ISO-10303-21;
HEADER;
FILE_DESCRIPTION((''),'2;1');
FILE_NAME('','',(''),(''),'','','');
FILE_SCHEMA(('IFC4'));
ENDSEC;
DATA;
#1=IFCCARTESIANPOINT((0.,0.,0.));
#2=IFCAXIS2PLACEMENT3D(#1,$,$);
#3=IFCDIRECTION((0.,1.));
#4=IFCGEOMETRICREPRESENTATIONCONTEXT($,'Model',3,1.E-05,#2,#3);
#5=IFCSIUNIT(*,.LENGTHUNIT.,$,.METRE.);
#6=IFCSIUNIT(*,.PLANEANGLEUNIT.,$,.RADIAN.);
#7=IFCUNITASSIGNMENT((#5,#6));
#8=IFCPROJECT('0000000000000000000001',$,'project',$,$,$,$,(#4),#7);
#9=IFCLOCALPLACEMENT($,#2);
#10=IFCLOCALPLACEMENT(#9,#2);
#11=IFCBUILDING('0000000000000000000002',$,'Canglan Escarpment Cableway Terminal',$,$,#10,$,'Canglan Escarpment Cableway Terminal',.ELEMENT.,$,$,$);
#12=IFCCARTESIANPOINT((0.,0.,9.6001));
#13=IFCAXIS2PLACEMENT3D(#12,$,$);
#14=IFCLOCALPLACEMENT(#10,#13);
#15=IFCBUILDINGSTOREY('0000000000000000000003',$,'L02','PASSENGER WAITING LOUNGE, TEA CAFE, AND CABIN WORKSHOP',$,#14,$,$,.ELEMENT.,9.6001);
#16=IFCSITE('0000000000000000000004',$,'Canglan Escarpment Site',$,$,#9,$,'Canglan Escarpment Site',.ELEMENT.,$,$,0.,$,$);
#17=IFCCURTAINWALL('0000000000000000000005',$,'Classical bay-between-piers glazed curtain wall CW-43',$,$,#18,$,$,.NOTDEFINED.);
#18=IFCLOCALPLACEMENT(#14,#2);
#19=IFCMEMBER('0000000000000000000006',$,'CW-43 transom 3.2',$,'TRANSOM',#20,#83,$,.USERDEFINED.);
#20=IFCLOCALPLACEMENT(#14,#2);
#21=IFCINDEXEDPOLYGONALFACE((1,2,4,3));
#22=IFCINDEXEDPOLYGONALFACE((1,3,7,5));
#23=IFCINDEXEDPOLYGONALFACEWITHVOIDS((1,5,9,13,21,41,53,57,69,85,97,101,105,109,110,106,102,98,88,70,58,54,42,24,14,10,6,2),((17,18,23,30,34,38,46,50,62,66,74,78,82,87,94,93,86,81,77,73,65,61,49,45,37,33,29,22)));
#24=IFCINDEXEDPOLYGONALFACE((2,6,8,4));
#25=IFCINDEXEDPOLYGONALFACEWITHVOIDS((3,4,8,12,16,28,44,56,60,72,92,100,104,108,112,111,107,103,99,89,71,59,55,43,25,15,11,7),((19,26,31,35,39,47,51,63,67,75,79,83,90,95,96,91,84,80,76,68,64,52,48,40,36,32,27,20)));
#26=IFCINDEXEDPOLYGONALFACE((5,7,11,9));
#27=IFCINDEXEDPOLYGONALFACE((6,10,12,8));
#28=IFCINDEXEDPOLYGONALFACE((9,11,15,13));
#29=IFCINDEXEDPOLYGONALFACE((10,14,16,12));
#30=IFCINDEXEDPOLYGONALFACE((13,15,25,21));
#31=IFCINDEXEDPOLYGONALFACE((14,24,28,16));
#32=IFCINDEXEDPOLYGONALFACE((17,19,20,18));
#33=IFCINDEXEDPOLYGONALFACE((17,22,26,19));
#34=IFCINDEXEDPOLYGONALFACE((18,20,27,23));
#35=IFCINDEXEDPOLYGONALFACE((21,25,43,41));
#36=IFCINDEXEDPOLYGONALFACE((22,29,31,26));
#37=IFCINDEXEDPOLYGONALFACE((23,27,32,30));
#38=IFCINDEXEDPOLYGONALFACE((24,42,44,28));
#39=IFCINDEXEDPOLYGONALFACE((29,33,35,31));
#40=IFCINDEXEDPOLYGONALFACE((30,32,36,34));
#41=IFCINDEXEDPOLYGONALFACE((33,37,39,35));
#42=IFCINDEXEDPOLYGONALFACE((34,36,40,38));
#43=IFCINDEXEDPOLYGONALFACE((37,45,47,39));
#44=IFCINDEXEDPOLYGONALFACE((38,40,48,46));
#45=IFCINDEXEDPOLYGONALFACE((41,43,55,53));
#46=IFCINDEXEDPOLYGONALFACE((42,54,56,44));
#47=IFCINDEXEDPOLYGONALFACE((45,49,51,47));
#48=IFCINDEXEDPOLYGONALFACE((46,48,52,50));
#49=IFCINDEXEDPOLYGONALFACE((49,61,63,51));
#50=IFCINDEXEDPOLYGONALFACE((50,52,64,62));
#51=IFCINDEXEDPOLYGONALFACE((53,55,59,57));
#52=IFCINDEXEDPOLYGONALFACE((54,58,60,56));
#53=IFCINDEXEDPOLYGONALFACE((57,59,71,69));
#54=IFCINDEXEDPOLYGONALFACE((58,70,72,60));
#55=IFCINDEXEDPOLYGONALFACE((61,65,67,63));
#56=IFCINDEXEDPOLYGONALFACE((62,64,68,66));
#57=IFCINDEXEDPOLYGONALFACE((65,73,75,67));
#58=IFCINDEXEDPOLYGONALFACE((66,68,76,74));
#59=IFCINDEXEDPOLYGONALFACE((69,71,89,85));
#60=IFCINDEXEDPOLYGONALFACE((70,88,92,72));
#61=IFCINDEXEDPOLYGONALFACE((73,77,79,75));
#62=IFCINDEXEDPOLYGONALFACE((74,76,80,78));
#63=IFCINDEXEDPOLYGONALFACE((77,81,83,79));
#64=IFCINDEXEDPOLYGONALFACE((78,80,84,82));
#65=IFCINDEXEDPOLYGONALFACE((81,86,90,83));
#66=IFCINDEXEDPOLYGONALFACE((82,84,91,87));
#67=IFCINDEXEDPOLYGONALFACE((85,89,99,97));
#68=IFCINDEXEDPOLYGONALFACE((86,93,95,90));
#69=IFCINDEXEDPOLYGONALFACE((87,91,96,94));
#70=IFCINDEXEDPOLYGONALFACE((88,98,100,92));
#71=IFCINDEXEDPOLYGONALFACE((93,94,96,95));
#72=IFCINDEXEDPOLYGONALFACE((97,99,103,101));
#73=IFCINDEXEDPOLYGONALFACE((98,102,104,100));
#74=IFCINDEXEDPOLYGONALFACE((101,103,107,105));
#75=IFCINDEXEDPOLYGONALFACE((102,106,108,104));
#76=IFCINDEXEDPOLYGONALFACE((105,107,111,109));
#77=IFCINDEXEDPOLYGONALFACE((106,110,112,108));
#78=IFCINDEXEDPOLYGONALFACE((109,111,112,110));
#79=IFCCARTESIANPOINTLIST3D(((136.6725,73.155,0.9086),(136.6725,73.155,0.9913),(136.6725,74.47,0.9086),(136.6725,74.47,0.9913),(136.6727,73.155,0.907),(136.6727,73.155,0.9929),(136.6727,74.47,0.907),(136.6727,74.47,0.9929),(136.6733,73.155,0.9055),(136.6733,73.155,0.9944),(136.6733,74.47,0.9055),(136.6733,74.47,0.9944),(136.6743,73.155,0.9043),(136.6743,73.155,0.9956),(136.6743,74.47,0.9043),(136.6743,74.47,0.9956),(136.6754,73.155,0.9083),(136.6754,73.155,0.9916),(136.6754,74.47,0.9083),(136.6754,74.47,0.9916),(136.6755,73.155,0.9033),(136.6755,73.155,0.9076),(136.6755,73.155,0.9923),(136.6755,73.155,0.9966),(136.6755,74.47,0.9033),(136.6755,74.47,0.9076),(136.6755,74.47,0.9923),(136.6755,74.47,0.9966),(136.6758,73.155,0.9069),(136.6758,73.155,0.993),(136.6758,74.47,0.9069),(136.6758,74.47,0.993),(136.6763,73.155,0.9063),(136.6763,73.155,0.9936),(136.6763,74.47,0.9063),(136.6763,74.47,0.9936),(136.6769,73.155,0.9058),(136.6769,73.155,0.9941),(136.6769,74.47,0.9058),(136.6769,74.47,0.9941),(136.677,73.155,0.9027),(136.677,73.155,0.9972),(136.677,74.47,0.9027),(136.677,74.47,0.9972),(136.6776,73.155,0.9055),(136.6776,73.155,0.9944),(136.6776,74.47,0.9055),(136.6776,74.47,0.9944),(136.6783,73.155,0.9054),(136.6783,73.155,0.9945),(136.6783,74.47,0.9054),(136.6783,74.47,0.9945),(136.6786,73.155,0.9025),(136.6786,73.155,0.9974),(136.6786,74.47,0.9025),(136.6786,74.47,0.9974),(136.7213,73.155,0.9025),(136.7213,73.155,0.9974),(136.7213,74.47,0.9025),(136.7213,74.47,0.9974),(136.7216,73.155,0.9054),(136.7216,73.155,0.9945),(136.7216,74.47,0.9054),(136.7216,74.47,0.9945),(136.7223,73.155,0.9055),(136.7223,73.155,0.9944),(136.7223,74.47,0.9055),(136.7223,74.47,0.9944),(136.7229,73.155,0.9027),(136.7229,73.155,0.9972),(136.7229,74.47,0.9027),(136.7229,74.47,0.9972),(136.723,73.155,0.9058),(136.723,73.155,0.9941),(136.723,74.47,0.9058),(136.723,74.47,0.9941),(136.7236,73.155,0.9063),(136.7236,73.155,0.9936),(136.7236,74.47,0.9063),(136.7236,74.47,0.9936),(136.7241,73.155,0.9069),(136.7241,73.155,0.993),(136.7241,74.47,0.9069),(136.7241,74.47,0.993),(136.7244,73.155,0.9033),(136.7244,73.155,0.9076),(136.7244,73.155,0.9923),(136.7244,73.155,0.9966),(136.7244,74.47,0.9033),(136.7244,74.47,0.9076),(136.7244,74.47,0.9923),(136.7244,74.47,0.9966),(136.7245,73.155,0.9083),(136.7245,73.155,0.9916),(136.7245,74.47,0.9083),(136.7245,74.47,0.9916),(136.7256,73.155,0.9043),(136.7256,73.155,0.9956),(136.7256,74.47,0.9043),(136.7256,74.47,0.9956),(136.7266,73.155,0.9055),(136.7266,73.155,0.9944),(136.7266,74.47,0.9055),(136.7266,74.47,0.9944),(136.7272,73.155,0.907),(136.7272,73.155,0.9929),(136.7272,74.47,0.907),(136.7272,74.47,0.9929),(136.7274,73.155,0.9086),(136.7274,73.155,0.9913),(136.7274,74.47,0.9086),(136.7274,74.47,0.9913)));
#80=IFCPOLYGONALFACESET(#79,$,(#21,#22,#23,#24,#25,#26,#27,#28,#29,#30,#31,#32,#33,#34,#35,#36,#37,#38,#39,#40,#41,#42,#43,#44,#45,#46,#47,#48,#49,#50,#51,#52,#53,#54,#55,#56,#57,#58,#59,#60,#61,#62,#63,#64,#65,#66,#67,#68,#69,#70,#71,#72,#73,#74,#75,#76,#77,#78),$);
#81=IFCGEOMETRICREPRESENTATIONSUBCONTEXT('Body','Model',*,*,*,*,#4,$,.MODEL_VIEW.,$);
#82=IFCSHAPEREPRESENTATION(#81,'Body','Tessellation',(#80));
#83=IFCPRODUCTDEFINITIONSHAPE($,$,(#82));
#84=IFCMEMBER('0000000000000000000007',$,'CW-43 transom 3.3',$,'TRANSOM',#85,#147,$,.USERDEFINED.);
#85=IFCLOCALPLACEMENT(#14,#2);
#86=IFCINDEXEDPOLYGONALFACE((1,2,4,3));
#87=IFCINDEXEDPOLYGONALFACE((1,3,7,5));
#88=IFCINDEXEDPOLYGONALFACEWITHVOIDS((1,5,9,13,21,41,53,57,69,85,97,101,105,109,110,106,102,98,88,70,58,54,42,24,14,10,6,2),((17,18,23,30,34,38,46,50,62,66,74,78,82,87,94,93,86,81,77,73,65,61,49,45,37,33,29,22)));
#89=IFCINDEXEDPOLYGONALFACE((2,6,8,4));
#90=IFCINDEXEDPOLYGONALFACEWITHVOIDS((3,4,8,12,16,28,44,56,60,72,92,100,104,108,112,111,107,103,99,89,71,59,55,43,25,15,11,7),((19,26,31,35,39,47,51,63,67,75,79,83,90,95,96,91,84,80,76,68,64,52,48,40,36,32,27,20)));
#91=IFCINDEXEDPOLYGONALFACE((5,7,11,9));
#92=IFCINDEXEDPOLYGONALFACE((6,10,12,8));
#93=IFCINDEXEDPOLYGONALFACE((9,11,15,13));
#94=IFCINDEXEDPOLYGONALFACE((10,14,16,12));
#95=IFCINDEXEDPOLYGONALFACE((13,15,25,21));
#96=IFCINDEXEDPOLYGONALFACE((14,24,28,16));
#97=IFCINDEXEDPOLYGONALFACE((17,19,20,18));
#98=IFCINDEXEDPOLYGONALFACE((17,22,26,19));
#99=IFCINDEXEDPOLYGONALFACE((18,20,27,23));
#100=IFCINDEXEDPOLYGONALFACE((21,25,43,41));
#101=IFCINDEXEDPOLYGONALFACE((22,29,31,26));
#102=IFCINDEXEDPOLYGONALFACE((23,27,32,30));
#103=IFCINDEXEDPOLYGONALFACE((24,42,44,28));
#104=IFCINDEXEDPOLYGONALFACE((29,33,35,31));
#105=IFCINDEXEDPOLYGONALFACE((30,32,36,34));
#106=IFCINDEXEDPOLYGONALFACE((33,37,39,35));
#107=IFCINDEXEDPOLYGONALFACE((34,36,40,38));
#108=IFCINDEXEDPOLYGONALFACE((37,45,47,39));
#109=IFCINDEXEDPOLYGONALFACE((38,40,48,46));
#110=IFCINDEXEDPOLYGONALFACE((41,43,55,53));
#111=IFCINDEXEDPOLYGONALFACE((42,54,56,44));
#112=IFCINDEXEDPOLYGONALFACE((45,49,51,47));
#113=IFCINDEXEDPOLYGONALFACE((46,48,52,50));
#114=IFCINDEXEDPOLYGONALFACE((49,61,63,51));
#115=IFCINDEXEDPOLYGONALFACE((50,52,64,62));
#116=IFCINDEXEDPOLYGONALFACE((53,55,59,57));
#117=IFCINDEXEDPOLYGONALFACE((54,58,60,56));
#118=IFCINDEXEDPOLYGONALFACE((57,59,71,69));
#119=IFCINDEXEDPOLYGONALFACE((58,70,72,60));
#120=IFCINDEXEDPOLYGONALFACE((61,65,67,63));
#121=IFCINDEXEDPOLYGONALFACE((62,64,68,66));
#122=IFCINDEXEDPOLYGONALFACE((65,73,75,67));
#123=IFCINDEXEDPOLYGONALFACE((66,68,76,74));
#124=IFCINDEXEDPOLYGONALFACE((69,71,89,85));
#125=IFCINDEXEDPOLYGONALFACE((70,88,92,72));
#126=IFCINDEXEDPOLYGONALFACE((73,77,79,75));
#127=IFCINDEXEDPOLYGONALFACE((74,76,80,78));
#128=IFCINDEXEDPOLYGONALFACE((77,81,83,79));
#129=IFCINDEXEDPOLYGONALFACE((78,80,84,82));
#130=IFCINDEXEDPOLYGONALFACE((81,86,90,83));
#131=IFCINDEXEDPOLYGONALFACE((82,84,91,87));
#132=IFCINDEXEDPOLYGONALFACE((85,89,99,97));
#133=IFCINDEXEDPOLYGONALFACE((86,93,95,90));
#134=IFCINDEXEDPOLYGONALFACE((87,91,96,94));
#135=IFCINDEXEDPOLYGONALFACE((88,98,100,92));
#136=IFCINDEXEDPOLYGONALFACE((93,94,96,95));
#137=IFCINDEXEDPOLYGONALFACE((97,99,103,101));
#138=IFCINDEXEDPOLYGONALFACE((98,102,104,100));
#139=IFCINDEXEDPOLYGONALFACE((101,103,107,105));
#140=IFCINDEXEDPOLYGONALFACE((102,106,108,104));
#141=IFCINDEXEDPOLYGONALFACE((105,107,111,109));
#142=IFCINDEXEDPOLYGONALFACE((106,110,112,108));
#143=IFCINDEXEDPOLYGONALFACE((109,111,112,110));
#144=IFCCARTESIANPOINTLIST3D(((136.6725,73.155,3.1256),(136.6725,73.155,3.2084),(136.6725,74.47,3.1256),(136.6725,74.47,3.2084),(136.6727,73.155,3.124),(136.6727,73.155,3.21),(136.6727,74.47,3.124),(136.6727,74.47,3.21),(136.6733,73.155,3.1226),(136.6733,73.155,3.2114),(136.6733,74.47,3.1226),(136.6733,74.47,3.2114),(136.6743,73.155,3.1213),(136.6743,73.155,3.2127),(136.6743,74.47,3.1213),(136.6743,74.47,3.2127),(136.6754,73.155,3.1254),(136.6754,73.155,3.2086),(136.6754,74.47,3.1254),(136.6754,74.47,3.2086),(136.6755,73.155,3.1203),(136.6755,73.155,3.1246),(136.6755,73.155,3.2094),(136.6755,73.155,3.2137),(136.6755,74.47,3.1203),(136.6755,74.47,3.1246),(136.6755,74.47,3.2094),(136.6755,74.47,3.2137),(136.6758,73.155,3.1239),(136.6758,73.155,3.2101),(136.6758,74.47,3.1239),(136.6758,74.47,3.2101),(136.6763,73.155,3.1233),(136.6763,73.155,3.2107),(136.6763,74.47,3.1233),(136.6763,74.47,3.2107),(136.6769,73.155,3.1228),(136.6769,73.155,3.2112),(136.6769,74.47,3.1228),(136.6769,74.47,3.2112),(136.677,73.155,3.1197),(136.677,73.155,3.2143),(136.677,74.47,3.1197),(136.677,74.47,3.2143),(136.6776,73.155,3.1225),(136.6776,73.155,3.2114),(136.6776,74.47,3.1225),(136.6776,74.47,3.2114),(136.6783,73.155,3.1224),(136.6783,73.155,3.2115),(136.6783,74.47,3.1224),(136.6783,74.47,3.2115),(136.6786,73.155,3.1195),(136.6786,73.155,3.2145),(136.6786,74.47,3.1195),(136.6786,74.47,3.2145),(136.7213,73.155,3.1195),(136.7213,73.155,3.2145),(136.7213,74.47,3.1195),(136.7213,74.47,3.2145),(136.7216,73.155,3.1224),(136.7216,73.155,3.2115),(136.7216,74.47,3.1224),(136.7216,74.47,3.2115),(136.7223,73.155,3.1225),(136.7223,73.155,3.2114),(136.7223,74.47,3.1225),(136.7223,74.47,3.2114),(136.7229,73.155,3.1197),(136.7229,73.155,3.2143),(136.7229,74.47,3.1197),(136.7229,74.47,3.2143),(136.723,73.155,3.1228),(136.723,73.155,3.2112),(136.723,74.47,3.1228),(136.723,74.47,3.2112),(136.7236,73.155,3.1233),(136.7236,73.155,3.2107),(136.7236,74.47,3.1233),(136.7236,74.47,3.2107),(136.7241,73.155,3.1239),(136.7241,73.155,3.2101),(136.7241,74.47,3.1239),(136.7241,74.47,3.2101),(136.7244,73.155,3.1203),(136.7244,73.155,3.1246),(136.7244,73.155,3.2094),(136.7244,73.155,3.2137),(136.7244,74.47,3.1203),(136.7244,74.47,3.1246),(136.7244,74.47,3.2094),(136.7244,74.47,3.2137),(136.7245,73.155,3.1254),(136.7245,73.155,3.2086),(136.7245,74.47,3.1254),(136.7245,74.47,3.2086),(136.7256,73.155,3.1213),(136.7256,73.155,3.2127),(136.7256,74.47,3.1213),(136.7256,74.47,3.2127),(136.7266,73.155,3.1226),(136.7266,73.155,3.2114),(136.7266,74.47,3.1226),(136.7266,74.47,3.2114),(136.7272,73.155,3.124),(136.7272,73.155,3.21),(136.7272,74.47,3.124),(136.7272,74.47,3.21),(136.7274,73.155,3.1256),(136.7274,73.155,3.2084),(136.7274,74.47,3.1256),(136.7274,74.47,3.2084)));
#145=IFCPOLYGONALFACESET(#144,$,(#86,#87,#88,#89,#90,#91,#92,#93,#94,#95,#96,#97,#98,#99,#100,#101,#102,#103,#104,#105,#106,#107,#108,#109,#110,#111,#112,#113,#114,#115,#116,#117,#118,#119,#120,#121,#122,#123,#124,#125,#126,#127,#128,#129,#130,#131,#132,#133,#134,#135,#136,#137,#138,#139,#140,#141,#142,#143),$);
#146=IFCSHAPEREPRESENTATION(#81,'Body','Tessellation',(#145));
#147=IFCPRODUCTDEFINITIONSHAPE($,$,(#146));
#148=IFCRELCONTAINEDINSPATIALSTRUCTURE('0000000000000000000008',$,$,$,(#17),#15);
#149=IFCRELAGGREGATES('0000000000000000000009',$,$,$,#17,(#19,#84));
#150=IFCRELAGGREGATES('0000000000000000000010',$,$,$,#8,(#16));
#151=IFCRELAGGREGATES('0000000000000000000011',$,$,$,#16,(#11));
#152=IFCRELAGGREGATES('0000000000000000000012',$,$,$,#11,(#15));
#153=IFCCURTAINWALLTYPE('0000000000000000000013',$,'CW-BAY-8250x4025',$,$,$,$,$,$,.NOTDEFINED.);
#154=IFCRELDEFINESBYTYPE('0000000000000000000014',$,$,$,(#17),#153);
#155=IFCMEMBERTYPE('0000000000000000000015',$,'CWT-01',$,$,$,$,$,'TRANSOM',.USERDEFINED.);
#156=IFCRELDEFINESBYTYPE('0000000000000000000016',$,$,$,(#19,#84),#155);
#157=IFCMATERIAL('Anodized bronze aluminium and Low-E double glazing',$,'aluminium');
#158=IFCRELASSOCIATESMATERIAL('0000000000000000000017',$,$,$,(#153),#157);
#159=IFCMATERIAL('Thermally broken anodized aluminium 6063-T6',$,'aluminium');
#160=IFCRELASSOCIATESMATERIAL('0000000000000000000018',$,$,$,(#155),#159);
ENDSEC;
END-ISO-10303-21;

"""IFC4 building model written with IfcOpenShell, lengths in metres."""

from ifc_helpers import new_model, si_unit, direction, frame, origin, origin_2d, place, context, subcontext, project, spatial, hollow_rectangle, extrude, material, material_profile, profile_set, type_object, element, aggregate, save


model = new_model("IFC4")

# Units and contexts
model_context = context("Model", 3, precision=1e-05, world=origin(), true_north=direction((0.0, 1.0)))
body_context = subcontext(model_context, "Body", "Model", "MODEL_VIEW")
ifc_project = project(units=[si_unit("LENGTHUNIT", "METRE"), si_unit("PLANEANGLEUNIT", "RADIAN")], contexts=[model_context])

# Site, building, storey
site_placement = place(None, origin())
site = spatial("IfcSite", under=ifc_project, at=site_placement, Name="Canglan Escarpment Site", LongName="Canglan Escarpment Site", CompositionType="ELEMENT", RefElevation=0.0)
building_placement = place(site_placement, origin())
building = spatial("IfcBuilding", under=site, at=building_placement, Name="Canglan Escarpment Cableway Terminal", LongName="Canglan Escarpment Cableway Terminal", CompositionType="ELEMENT")
storey_placement = place(building_placement, frame((0.0, 0.0, 9.6001)))
storey = spatial("IfcBuildingStorey", under=building, at=storey_placement, Name="L02", Description="PASSENGER WAITING LOUNGE, TEA CAFE, AND CABIN WORKSHOP", CompositionType="ELEMENT", Elevation=9.6001)

# Curtain wall
ifc_material_1 = material(Name="Anodized bronze aluminium and Low-E double glazing", Category="aluminium")
curtain_wall_type = type_object("IfcCurtainWallType", Name="CW-BAY-8250x4025", PredefinedType="NOTDEFINED", material=ifc_material_1)
curtain_wall_1_placement = place(storey_placement, origin())
curtain_wall_1 = element("IfcCurtainWall", 1, at=curtain_wall_1_placement, inside=storey, type_object=curtain_wall_type, Name="Classical bay-between-piers glazed curtain wall CW-43", PredefinedType="NOTDEFINED")
ifc_material_2 = material(Name="Thermally broken anodized aluminium 6063-T6", Category="aluminium")

# Members
ifc_material_profile_1 = material_profile(ifc_material_2, hollow_rectangle(XDim=0.0549, YDim=0.095, WallThickness=0.0029, InnerFilletRadius=0.0029, OuterFilletRadius=0.0061, at=origin_2d()), Name="ALU-TRAN 55x95x3")
ifc_profile_set_1 = profile_set([ifc_material_profile_1], Name="Thermally broken anodized aluminium 6063-T6")
member_type_1 = type_object("IfcMemberType", Name="CWT-01", ElementType="TRANSOM", PredefinedType="USERDEFINED", material=ifc_profile_set_1)
member_1_placement = place(storey_placement, frame((136.7, 73.155, 0.95), z_axis=(0.0, 1.0, 0.0), x_axis=(-1.0, 0.0, 0.0)))
member_1 = element("IfcMember", 2, at=member_1_placement, type_object=member_type_1, Name="CW-43 transom 3.2", ObjectType="TRANSOM", PredefinedType="USERDEFINED", context=body_context, shape_type="SweptSolid", body=[
    extrude(hollow_rectangle(XDim=0.0549, YDim=0.095, WallThickness=0.0029, InnerFilletRadius=0.0029, OuterFilletRadius=0.0061, at=origin_2d()), origin(), (0.0, 0.0, 1.0), 1.3149),
])
member_2_placement = place(storey_placement, frame((136.7, 73.155, 3.167), z_axis=(0.0, 1.0, 0.0), x_axis=(-1.0, 0.0, 0.0)))
member_2 = element("IfcMember", 3, at=member_2_placement, type_object=member_type_1, Name="CW-43 transom 3.3", ObjectType="TRANSOM", PredefinedType="USERDEFINED", context=body_context, shape_type="SweptSolid", body=[
    extrude(hollow_rectangle(XDim=0.0549, YDim=0.095, WallThickness=0.0029, InnerFilletRadius=0.0029, OuterFilletRadius=0.0061, at=origin_2d()), origin(), (0.0, 0.0, 1.0), 1.3149),
])

aggregate(curtain_wall_1, [member_1, member_2])

save(model, "model.ifc")
